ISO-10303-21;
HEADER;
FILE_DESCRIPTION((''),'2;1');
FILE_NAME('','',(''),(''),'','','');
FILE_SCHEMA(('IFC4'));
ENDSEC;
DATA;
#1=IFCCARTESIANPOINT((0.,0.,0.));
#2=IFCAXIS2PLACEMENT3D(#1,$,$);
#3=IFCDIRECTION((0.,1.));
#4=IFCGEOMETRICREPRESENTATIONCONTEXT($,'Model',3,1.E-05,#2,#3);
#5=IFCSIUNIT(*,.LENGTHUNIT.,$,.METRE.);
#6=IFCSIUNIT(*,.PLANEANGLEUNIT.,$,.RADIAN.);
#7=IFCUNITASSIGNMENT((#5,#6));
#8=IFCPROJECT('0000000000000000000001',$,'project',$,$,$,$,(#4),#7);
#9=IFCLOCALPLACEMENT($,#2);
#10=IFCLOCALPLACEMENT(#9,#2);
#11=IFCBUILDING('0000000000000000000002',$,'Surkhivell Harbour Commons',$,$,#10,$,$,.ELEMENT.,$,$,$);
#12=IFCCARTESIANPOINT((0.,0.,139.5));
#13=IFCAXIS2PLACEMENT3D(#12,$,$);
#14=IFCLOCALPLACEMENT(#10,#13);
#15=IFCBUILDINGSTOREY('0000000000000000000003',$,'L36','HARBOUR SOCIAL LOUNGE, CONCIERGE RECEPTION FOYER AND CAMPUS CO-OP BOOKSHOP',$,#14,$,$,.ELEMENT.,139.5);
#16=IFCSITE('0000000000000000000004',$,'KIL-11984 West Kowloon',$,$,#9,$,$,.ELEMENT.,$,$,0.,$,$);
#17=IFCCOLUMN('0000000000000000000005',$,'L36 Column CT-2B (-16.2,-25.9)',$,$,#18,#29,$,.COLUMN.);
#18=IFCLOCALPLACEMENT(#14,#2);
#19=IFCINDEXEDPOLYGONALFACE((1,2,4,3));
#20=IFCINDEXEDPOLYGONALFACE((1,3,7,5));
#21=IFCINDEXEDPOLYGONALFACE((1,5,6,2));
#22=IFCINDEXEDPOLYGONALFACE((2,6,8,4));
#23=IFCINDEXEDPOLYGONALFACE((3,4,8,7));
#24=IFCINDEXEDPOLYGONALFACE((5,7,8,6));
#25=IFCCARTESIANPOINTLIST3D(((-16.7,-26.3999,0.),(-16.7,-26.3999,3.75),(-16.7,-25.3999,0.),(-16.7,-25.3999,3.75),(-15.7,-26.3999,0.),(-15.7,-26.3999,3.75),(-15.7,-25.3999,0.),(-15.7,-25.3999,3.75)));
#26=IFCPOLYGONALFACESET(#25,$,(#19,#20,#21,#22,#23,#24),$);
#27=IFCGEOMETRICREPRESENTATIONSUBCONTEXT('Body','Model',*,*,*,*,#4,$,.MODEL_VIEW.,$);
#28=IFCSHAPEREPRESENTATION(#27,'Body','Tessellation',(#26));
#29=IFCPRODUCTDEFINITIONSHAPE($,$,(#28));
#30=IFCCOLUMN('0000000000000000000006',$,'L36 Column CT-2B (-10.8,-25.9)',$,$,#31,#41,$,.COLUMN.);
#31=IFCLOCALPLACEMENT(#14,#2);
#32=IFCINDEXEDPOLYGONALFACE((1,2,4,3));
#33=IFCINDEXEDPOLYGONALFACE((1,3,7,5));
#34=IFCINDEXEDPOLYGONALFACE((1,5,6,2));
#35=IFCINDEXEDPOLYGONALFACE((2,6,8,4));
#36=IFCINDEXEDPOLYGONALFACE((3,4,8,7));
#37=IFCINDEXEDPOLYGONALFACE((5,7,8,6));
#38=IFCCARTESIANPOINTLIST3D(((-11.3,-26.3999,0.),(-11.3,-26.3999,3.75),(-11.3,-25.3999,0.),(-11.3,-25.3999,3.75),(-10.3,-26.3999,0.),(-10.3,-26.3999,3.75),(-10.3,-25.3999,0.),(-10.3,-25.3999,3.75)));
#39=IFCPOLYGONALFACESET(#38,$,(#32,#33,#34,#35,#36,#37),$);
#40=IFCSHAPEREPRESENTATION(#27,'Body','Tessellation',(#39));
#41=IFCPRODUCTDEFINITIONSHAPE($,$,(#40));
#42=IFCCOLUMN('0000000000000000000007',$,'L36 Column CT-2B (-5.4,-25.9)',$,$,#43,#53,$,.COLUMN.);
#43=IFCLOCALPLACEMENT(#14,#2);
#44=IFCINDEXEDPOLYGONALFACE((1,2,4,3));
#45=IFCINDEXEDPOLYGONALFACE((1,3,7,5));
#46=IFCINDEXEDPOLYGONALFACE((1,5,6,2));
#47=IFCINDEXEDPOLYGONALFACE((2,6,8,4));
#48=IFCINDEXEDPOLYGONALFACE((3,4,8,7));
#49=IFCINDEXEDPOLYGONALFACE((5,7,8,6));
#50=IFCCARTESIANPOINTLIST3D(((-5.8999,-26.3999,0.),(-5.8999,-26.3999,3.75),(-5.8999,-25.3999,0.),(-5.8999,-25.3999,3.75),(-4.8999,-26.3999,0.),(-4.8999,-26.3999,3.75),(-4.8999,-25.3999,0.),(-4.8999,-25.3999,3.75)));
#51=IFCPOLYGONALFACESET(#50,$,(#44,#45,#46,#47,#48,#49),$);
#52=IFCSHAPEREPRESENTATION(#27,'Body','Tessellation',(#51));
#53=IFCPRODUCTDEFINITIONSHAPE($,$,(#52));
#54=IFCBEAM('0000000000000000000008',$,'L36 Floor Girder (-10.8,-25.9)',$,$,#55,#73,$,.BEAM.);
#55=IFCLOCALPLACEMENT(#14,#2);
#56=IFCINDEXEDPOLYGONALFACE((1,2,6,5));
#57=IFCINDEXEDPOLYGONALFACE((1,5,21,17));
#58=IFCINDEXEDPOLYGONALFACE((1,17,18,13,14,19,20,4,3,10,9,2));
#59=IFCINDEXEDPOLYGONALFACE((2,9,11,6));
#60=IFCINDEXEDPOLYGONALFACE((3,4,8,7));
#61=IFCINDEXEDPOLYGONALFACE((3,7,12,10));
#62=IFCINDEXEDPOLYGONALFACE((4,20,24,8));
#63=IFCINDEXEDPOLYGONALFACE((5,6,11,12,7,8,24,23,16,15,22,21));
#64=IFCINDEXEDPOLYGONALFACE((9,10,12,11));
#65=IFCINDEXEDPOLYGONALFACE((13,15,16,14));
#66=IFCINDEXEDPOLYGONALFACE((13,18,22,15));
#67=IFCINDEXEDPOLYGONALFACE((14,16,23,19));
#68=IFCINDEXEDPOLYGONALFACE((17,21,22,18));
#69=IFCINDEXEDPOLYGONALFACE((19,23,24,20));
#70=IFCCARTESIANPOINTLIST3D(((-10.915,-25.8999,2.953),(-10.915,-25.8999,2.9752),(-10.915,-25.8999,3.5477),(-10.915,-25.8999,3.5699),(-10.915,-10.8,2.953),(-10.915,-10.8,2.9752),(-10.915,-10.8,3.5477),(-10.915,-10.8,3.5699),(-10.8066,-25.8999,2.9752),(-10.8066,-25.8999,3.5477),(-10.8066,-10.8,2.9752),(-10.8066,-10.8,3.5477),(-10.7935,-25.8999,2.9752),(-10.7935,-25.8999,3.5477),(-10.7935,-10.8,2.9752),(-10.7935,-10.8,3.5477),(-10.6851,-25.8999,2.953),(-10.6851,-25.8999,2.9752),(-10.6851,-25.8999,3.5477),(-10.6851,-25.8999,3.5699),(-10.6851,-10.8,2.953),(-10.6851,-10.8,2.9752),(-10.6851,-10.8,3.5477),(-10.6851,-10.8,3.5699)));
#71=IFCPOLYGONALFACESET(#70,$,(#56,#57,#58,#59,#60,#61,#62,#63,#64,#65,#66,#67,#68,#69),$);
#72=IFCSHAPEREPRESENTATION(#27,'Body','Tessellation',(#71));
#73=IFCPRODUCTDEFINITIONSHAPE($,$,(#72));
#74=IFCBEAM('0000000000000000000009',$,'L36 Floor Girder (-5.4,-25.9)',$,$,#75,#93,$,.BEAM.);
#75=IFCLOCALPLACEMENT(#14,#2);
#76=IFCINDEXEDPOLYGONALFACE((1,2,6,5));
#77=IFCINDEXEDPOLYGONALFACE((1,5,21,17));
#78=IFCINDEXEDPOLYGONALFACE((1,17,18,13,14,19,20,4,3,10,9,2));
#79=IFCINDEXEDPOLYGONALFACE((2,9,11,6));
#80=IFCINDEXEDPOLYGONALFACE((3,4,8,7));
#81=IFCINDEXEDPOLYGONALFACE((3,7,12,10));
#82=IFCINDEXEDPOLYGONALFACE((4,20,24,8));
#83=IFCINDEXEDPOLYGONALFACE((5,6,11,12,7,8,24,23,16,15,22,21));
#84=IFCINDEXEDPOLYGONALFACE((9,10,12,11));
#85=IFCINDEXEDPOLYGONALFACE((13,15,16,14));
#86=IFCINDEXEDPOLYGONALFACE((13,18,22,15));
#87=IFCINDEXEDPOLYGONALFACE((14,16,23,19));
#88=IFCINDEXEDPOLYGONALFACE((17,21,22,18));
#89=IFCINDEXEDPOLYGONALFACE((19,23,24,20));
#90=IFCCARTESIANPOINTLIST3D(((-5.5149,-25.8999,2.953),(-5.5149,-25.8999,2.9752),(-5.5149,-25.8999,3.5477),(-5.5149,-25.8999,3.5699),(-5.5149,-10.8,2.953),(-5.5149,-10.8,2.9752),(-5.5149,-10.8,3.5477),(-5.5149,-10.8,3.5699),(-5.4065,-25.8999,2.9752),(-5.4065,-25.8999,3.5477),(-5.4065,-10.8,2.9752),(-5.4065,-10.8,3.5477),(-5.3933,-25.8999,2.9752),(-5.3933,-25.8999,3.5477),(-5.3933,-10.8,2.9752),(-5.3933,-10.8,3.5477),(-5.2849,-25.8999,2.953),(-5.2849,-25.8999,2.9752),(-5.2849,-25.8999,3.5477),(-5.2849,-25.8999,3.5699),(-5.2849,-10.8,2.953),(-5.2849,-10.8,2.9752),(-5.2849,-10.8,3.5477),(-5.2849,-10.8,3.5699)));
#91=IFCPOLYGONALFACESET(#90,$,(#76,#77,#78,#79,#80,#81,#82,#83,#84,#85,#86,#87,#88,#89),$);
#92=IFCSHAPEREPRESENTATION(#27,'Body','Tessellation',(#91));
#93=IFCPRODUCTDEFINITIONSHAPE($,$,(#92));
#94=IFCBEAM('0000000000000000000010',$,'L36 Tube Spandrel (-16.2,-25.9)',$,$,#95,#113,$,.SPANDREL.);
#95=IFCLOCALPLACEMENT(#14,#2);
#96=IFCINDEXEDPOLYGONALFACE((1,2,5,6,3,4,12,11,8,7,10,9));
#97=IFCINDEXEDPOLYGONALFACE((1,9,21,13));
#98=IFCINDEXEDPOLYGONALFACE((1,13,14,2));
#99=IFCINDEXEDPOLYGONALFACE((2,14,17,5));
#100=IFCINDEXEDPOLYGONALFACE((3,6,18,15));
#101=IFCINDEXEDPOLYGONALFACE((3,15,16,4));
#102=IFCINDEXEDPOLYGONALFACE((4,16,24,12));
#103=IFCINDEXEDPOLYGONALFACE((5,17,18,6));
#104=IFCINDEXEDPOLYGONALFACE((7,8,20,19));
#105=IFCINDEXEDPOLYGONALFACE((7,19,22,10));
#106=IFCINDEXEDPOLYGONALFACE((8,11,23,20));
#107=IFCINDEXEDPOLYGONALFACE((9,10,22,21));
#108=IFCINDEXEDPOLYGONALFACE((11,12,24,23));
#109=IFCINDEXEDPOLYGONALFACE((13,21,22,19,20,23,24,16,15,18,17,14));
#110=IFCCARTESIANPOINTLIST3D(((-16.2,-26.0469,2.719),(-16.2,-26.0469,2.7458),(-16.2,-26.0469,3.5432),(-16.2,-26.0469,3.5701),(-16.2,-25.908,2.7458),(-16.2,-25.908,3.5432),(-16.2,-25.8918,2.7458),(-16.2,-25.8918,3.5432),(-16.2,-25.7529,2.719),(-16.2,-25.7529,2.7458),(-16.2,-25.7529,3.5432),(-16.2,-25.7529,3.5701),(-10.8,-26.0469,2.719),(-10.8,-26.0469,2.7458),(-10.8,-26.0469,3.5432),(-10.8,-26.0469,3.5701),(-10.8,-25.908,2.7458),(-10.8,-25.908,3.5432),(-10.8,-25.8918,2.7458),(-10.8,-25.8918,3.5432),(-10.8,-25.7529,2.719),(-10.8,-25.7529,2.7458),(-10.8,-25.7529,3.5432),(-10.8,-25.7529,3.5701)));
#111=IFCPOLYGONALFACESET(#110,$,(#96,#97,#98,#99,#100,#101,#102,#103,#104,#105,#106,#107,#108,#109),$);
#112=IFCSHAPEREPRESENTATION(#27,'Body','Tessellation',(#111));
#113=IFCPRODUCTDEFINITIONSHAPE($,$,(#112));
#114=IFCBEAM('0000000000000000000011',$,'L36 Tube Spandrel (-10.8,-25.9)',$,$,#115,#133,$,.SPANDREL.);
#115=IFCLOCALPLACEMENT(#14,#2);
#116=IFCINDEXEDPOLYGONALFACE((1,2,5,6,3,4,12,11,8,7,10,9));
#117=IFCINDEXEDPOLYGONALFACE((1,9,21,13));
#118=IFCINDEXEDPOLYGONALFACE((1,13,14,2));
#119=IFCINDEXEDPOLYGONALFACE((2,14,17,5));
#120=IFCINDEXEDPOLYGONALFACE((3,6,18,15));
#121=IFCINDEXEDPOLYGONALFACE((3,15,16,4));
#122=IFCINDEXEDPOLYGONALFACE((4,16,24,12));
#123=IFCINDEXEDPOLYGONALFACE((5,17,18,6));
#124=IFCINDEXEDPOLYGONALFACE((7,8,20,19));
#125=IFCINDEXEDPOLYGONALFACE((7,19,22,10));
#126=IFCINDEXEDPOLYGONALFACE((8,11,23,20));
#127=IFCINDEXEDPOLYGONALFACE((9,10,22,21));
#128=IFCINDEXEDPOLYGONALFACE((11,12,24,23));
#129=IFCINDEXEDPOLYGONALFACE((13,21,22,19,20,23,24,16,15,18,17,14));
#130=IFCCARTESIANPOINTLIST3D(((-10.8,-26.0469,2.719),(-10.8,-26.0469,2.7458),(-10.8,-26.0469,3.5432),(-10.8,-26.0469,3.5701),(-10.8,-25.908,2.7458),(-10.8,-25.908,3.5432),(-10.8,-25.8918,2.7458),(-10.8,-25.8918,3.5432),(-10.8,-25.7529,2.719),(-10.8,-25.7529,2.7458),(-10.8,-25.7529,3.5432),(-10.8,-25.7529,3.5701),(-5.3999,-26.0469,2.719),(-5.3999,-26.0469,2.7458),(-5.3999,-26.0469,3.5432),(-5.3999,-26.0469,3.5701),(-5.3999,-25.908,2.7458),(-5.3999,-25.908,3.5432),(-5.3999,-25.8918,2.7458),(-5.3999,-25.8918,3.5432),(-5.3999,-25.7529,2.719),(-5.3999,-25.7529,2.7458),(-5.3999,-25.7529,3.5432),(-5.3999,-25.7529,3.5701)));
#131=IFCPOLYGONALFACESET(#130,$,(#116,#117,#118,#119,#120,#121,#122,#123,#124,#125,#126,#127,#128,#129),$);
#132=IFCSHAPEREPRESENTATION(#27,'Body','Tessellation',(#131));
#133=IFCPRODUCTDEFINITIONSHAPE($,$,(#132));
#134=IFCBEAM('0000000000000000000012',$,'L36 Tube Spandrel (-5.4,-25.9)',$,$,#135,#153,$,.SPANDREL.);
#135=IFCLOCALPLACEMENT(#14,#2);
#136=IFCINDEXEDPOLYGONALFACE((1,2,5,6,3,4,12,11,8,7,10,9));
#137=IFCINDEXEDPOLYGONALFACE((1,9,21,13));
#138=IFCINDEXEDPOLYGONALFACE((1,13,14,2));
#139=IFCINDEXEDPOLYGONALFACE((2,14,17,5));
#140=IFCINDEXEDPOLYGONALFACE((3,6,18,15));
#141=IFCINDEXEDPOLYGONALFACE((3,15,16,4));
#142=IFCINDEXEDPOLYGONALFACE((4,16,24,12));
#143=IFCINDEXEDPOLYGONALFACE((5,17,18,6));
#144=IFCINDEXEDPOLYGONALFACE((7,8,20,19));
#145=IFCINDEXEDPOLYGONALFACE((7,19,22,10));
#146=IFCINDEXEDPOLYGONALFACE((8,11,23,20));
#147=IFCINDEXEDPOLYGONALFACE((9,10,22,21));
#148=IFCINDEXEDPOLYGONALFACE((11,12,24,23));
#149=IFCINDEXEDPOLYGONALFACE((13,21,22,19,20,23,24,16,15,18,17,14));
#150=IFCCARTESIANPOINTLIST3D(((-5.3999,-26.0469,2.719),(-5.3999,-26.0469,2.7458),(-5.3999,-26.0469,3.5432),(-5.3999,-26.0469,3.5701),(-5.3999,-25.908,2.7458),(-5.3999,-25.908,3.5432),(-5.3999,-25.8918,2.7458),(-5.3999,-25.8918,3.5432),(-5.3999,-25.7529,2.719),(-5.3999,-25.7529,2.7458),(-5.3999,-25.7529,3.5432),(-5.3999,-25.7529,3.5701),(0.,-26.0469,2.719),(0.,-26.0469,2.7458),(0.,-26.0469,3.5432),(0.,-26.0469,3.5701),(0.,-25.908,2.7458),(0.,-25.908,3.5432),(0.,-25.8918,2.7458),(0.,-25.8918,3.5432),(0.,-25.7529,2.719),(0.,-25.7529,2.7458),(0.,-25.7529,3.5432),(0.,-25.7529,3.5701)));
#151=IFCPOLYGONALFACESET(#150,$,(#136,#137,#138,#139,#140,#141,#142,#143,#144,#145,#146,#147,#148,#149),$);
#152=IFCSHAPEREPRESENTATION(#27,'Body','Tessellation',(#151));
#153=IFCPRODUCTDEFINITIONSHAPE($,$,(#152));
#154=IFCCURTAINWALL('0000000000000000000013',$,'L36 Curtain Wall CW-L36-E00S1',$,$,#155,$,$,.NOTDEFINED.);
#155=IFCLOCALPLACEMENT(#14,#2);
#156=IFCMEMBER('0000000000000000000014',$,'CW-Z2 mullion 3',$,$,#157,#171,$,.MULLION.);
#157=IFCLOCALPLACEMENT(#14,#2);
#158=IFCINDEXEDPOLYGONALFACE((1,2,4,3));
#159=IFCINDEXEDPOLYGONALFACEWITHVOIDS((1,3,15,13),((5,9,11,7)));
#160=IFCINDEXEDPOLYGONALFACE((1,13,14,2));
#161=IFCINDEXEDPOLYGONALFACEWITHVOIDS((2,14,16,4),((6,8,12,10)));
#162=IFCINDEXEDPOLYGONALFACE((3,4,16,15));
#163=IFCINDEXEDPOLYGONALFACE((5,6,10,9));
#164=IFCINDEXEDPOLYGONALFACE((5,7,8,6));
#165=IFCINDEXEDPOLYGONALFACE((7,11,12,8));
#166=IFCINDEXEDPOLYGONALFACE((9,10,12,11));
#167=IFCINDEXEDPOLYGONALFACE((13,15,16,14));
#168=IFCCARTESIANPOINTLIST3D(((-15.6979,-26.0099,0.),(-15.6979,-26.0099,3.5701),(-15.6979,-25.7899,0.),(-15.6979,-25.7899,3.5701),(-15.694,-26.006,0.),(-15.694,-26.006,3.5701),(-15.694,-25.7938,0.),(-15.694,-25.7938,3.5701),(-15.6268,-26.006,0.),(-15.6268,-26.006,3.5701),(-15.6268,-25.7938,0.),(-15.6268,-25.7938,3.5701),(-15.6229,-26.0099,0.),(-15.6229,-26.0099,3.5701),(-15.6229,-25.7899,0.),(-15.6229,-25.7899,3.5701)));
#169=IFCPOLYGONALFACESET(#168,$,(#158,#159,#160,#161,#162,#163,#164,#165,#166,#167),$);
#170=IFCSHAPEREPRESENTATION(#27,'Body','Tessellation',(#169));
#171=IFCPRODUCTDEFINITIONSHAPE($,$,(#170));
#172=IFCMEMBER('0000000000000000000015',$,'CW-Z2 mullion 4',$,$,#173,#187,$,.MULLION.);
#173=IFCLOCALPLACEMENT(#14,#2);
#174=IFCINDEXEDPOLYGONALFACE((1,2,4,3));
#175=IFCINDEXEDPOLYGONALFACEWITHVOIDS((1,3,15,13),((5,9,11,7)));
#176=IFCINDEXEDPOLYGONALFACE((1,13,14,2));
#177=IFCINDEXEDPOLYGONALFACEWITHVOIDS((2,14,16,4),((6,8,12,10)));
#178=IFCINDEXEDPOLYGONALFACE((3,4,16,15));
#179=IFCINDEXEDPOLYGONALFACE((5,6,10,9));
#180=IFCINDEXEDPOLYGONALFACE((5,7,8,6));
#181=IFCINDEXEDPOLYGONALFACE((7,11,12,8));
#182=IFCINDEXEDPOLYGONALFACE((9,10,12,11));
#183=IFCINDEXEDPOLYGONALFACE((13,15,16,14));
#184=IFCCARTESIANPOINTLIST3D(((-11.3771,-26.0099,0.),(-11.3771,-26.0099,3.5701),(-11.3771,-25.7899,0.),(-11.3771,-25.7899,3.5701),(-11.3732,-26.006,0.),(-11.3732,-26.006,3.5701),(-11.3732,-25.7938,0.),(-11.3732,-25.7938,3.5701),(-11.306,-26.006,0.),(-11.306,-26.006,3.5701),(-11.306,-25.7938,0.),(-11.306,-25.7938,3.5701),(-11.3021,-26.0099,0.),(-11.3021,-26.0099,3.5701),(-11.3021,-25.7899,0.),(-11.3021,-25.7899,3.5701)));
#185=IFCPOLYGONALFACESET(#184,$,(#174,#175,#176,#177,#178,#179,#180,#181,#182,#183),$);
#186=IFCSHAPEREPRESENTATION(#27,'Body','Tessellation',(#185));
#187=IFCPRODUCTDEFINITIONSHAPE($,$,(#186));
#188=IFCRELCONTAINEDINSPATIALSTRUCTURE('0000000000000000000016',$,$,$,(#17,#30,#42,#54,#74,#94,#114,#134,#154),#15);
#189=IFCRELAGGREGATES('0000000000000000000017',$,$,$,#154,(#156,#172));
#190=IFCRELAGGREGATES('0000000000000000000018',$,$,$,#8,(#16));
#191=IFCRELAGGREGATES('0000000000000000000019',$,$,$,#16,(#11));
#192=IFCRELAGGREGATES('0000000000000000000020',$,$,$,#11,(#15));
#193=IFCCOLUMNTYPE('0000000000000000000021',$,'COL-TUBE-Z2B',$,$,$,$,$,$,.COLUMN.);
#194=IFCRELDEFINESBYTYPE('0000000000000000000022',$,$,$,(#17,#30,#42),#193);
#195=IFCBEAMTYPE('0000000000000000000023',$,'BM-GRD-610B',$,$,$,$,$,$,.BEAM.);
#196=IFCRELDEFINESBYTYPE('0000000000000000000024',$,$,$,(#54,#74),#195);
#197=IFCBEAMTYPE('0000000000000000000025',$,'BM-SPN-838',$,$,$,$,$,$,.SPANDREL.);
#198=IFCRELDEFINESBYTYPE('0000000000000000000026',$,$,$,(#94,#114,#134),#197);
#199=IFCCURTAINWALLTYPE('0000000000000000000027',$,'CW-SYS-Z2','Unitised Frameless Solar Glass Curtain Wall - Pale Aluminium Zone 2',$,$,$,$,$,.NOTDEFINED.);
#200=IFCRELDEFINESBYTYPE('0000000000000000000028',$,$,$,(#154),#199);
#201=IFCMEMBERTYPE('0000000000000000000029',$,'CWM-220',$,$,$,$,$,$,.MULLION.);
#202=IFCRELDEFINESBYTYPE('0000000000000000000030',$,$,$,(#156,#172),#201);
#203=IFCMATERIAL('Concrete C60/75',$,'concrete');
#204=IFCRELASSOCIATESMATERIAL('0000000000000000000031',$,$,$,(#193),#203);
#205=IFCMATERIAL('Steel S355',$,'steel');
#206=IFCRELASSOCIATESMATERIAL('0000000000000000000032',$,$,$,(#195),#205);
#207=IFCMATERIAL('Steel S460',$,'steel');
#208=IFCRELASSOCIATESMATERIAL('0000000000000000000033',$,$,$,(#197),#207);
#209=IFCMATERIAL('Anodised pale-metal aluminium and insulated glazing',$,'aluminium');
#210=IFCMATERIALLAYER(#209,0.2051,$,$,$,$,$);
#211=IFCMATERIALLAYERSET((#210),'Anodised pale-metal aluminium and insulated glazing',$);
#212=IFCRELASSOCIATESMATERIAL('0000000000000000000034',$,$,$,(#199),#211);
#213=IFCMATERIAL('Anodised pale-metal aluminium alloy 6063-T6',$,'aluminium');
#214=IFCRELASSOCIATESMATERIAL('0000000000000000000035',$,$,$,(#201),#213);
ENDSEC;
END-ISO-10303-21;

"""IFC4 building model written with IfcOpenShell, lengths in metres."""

from ifc_helpers import new_model, si_unit, direction, frame, origin, origin_2d, place, context, subcontext, project, spatial, rectangle, hollow_rectangle, i_section, extrude, material, layer, layer_set, material_profile, profile_set, type_object, element, aggregate, save


model = new_model("IFC4")

# Units and contexts
model_context = context("Model", 3, precision=1e-05, world=origin(), true_north=direction((0.0, 1.0)))
body_context = subcontext(model_context, "Body", "Model", "MODEL_VIEW")
ifc_project = project(units=[si_unit("LENGTHUNIT", "METRE"), si_unit("PLANEANGLEUNIT", "RADIAN")], contexts=[model_context])

# Site, building, storey
site_placement = place(None, origin())
site = spatial("IfcSite", under=ifc_project, at=site_placement, Name="KIL-11984 West Kowloon", CompositionType="ELEMENT", RefElevation=0.0)
building_placement = place(site_placement, origin())
building = spatial("IfcBuilding", under=site, at=building_placement, Name="Surkhivell Harbour Commons", CompositionType="ELEMENT")
storey_placement = place(building_placement, frame((0.0, 0.0, 139.5)))
storey = spatial("IfcBuildingStorey", under=building, at=storey_placement, Name="L36", Description="HARBOUR SOCIAL LOUNGE, CONCIERGE RECEPTION FOYER AND CAMPUS CO-OP BOOKSHOP", CompositionType="ELEMENT", Elevation=139.5)

# Columns
ifc_material_1 = material(Name="Concrete C60/75", Category="concrete")
ifc_material_profile_1 = material_profile(ifc_material_1, rectangle(XDim=1.0, YDim=1.0, at=origin_2d()), Name="RC-COL-1000x1000")
ifc_profile_set_1 = profile_set([ifc_material_profile_1], Name="Concrete C60/75")
column_type = type_object("IfcColumnType", Name="COL-TUBE-Z2B", PredefinedType="COLUMN", material=ifc_profile_set_1)
for number, where, z_axis, x_axis, name in (
    (1, (-16.2, -25.8999, 0.0), (0.0, 0.0, 1.0), (1.0, 0.0, 0.0), "L36 Column CT-2B (-16.2,-25.9)"),
    (2, (-10.8, -25.8999, 0.0), (0.0, 0.0, 1.0), (1.0, 0.0, 0.0), "L36 Column CT-2B (-10.8,-25.9)"),
    (3, (-5.3999, -25.8999, 0.0), (0.0, 0.0, 1.0), (1.0, 0.0, 0.0), "L36 Column CT-2B (-5.4,-25.9)"),
):
    element("IfcColumn", number, at=place(storey_placement, frame(where, z_axis=z_axis, x_axis=x_axis)), inside=storey, type_object=column_type, Name=name, PredefinedType="COLUMN", context=body_context, shape_type="SweptSolid", body=[
        extrude(rectangle(XDim=1.0, YDim=1.0, at=origin_2d()), origin(), (0.0, 0.0, 1.0), 3.75),
    ])

# Beams
ifc_material_2 = material(Name="Steel S355", Category="steel")
ifc_material_profile_2 = material_profile(ifc_material_2, i_section(OverallWidth=0.23, OverallDepth=0.6169, WebThickness=0.0132, FlangeThickness=0.0222, at=origin_2d()), Name="UB610x229x140")
ifc_profile_set_2 = profile_set([ifc_material_profile_2], Name="Steel S355")
beam_type_1 = type_object("IfcBeamType", Name="BM-GRD-610B", PredefinedType="BEAM", material=ifc_profile_set_2)
for number, where, z_axis, x_axis, name in (
    (4, (-10.8, -25.8999, 3.2615), (0.0, 1.0, 0.0), (-1.0, 0.0, 0.0), "L36 Floor Girder (-10.8,-25.9)"),
    (5, (-5.3999, -25.8999, 3.2615), (0.0, 1.0, 0.0), (-1.0, 0.0, 0.0), "L36 Floor Girder (-5.4,-25.9)"),
):
    element("IfcBeam", number, at=place(storey_placement, frame(where, z_axis=z_axis, x_axis=x_axis)), inside=storey, type_object=beam_type_1, Name=name, PredefinedType="BEAM", context=body_context, shape_type="SweptSolid", body=[
        extrude(i_section(OverallWidth=0.23, OverallDepth=0.6169, WebThickness=0.0132, FlangeThickness=0.0222, at=origin_2d()), origin(), (0.0, 0.0, 1.0), 15.0999),
    ])
ifc_material_3 = material(Name="Steel S460", Category="steel")
ifc_material_profile_3 = material_profile(ifc_material_3, i_section(OverallWidth=0.2939, OverallDepth=0.8511, WebThickness=0.0161, FlangeThickness=0.0269, at=origin_2d()), Name="UB838x292x226")
ifc_profile_set_3 = profile_set([ifc_material_profile_3], Name="Steel S460")
beam_type_2 = type_object("IfcBeamType", Name="BM-SPN-838", PredefinedType="SPANDREL", material=ifc_profile_set_3)
beam_1_placement = place(storey_placement, frame((-16.2, -25.8999, 3.1445), z_axis=(1.0, 0.0, 0.0), x_axis=(0.0, 1.0, 0.0)))
element("IfcBeam", 6, at=beam_1_placement, inside=storey, type_object=beam_type_2, Name="L36 Tube Spandrel (-16.2,-25.9)", PredefinedType="SPANDREL", context=body_context, shape_type="SweptSolid", body=[
    extrude(i_section(OverallWidth=0.2939, OverallDepth=0.8511, WebThickness=0.0161, FlangeThickness=0.0269, at=origin_2d()), origin(), (0.0, 0.0, 1.0), 5.3999),
])
beam_2_placement = place(storey_placement, frame((-10.8, -25.8999, 3.1445), z_axis=(1.0, 0.0, 0.0), x_axis=(0.0, 1.0, 0.0)))
element("IfcBeam", 7, at=beam_2_placement, inside=storey, type_object=beam_type_2, Name="L36 Tube Spandrel (-10.8,-25.9)", PredefinedType="SPANDREL", context=body_context, shape_type="SweptSolid", body=[
    extrude(i_section(OverallWidth=0.2939, OverallDepth=0.8511, WebThickness=0.0161, FlangeThickness=0.0269, at=origin_2d()), origin(), (0.0, 0.0, 1.0), 5.4001),
])
beam_3_placement = place(storey_placement, frame((-5.3999, -25.8999, 3.1445), z_axis=(1.0, 0.0, 0.0), x_axis=(0.0, 1.0, 0.0)))
element("IfcBeam", 8, at=beam_3_placement, inside=storey, type_object=beam_type_2, Name="L36 Tube Spandrel (-5.4,-25.9)", PredefinedType="SPANDREL", context=body_context, shape_type="SweptSolid", body=[
    extrude(i_section(OverallWidth=0.2939, OverallDepth=0.8511, WebThickness=0.0161, FlangeThickness=0.0269, at=origin_2d()), origin(), (0.0, 0.0, 1.0), 5.3999),
])

# Curtain wall, members
ifc_material_4 = material(Name="Anodised pale-metal aluminium and insulated glazing", Category="aluminium")
ifc_layer_1 = layer(ifc_material_4, 0.2051)
ifc_layer_set_1 = layer_set([ifc_layer_1], Name="Anodised pale-metal aluminium and insulated glazing")
curtain_wall_type = type_object("IfcCurtainWallType", Name="CW-SYS-Z2", Description="Unitised Frameless Solar Glass Curtain Wall - Pale Aluminium Zone 2", PredefinedType="NOTDEFINED", material=ifc_layer_set_1)
curtain_wall_1_placement = place(storey_placement, origin())
curtain_wall_1 = element("IfcCurtainWall", 9, at=curtain_wall_1_placement, inside=storey, type_object=curtain_wall_type, Name="L36 Curtain Wall CW-L36-E00S1", PredefinedType="NOTDEFINED")
ifc_material_5 = material(Name="Anodised pale-metal aluminium alloy 6063-T6", Category="aluminium")
ifc_material_profile_4 = material_profile(ifc_material_5, hollow_rectangle(XDim=0.075, YDim=0.22, WallThickness=0.0039, at=origin_2d()), Name="ALU-MULL-75x220")
ifc_profile_set_4 = profile_set([ifc_material_profile_4], Name="Anodised pale-metal aluminium alloy 6063-T6")
member_type_1 = type_object("IfcMemberType", Name="CWM-220", PredefinedType="MULLION", material=ifc_profile_set_4)
member_1_placement = place(storey_placement, frame((-15.6604, -25.8999, 0.0), z_axis=(0.0, 0.0, 1.0), x_axis=(1.0, 0.0, 0.0)))
member_1 = element("IfcMember", 10, at=member_1_placement, type_object=member_type_1, Name="CW-Z2 mullion 3", PredefinedType="MULLION", context=body_context, shape_type="SweptSolid", body=[
    extrude(hollow_rectangle(XDim=0.075, YDim=0.22, WallThickness=0.0039, at=origin_2d()), origin(), (0.0, 0.0, 1.0), 3.5701),
])
member_2_placement = place(storey_placement, frame((-11.3396, -25.8999, 0.0), z_axis=(0.0, 0.0, 1.0), x_axis=(1.0, 0.0, 0.0)))
member_2 = element("IfcMember", 11, at=member_2_placement, type_object=member_type_1, Name="CW-Z2 mullion 4", PredefinedType="MULLION", context=body_context, shape_type="SweptSolid", body=[
    extrude(hollow_rectangle(XDim=0.075, YDim=0.22, WallThickness=0.0039, at=origin_2d()), origin(), (0.0, 0.0, 1.0), 3.5701),
])

aggregate(curtain_wall_1, [member_1, member_2])

save(model, "model.ifc")
